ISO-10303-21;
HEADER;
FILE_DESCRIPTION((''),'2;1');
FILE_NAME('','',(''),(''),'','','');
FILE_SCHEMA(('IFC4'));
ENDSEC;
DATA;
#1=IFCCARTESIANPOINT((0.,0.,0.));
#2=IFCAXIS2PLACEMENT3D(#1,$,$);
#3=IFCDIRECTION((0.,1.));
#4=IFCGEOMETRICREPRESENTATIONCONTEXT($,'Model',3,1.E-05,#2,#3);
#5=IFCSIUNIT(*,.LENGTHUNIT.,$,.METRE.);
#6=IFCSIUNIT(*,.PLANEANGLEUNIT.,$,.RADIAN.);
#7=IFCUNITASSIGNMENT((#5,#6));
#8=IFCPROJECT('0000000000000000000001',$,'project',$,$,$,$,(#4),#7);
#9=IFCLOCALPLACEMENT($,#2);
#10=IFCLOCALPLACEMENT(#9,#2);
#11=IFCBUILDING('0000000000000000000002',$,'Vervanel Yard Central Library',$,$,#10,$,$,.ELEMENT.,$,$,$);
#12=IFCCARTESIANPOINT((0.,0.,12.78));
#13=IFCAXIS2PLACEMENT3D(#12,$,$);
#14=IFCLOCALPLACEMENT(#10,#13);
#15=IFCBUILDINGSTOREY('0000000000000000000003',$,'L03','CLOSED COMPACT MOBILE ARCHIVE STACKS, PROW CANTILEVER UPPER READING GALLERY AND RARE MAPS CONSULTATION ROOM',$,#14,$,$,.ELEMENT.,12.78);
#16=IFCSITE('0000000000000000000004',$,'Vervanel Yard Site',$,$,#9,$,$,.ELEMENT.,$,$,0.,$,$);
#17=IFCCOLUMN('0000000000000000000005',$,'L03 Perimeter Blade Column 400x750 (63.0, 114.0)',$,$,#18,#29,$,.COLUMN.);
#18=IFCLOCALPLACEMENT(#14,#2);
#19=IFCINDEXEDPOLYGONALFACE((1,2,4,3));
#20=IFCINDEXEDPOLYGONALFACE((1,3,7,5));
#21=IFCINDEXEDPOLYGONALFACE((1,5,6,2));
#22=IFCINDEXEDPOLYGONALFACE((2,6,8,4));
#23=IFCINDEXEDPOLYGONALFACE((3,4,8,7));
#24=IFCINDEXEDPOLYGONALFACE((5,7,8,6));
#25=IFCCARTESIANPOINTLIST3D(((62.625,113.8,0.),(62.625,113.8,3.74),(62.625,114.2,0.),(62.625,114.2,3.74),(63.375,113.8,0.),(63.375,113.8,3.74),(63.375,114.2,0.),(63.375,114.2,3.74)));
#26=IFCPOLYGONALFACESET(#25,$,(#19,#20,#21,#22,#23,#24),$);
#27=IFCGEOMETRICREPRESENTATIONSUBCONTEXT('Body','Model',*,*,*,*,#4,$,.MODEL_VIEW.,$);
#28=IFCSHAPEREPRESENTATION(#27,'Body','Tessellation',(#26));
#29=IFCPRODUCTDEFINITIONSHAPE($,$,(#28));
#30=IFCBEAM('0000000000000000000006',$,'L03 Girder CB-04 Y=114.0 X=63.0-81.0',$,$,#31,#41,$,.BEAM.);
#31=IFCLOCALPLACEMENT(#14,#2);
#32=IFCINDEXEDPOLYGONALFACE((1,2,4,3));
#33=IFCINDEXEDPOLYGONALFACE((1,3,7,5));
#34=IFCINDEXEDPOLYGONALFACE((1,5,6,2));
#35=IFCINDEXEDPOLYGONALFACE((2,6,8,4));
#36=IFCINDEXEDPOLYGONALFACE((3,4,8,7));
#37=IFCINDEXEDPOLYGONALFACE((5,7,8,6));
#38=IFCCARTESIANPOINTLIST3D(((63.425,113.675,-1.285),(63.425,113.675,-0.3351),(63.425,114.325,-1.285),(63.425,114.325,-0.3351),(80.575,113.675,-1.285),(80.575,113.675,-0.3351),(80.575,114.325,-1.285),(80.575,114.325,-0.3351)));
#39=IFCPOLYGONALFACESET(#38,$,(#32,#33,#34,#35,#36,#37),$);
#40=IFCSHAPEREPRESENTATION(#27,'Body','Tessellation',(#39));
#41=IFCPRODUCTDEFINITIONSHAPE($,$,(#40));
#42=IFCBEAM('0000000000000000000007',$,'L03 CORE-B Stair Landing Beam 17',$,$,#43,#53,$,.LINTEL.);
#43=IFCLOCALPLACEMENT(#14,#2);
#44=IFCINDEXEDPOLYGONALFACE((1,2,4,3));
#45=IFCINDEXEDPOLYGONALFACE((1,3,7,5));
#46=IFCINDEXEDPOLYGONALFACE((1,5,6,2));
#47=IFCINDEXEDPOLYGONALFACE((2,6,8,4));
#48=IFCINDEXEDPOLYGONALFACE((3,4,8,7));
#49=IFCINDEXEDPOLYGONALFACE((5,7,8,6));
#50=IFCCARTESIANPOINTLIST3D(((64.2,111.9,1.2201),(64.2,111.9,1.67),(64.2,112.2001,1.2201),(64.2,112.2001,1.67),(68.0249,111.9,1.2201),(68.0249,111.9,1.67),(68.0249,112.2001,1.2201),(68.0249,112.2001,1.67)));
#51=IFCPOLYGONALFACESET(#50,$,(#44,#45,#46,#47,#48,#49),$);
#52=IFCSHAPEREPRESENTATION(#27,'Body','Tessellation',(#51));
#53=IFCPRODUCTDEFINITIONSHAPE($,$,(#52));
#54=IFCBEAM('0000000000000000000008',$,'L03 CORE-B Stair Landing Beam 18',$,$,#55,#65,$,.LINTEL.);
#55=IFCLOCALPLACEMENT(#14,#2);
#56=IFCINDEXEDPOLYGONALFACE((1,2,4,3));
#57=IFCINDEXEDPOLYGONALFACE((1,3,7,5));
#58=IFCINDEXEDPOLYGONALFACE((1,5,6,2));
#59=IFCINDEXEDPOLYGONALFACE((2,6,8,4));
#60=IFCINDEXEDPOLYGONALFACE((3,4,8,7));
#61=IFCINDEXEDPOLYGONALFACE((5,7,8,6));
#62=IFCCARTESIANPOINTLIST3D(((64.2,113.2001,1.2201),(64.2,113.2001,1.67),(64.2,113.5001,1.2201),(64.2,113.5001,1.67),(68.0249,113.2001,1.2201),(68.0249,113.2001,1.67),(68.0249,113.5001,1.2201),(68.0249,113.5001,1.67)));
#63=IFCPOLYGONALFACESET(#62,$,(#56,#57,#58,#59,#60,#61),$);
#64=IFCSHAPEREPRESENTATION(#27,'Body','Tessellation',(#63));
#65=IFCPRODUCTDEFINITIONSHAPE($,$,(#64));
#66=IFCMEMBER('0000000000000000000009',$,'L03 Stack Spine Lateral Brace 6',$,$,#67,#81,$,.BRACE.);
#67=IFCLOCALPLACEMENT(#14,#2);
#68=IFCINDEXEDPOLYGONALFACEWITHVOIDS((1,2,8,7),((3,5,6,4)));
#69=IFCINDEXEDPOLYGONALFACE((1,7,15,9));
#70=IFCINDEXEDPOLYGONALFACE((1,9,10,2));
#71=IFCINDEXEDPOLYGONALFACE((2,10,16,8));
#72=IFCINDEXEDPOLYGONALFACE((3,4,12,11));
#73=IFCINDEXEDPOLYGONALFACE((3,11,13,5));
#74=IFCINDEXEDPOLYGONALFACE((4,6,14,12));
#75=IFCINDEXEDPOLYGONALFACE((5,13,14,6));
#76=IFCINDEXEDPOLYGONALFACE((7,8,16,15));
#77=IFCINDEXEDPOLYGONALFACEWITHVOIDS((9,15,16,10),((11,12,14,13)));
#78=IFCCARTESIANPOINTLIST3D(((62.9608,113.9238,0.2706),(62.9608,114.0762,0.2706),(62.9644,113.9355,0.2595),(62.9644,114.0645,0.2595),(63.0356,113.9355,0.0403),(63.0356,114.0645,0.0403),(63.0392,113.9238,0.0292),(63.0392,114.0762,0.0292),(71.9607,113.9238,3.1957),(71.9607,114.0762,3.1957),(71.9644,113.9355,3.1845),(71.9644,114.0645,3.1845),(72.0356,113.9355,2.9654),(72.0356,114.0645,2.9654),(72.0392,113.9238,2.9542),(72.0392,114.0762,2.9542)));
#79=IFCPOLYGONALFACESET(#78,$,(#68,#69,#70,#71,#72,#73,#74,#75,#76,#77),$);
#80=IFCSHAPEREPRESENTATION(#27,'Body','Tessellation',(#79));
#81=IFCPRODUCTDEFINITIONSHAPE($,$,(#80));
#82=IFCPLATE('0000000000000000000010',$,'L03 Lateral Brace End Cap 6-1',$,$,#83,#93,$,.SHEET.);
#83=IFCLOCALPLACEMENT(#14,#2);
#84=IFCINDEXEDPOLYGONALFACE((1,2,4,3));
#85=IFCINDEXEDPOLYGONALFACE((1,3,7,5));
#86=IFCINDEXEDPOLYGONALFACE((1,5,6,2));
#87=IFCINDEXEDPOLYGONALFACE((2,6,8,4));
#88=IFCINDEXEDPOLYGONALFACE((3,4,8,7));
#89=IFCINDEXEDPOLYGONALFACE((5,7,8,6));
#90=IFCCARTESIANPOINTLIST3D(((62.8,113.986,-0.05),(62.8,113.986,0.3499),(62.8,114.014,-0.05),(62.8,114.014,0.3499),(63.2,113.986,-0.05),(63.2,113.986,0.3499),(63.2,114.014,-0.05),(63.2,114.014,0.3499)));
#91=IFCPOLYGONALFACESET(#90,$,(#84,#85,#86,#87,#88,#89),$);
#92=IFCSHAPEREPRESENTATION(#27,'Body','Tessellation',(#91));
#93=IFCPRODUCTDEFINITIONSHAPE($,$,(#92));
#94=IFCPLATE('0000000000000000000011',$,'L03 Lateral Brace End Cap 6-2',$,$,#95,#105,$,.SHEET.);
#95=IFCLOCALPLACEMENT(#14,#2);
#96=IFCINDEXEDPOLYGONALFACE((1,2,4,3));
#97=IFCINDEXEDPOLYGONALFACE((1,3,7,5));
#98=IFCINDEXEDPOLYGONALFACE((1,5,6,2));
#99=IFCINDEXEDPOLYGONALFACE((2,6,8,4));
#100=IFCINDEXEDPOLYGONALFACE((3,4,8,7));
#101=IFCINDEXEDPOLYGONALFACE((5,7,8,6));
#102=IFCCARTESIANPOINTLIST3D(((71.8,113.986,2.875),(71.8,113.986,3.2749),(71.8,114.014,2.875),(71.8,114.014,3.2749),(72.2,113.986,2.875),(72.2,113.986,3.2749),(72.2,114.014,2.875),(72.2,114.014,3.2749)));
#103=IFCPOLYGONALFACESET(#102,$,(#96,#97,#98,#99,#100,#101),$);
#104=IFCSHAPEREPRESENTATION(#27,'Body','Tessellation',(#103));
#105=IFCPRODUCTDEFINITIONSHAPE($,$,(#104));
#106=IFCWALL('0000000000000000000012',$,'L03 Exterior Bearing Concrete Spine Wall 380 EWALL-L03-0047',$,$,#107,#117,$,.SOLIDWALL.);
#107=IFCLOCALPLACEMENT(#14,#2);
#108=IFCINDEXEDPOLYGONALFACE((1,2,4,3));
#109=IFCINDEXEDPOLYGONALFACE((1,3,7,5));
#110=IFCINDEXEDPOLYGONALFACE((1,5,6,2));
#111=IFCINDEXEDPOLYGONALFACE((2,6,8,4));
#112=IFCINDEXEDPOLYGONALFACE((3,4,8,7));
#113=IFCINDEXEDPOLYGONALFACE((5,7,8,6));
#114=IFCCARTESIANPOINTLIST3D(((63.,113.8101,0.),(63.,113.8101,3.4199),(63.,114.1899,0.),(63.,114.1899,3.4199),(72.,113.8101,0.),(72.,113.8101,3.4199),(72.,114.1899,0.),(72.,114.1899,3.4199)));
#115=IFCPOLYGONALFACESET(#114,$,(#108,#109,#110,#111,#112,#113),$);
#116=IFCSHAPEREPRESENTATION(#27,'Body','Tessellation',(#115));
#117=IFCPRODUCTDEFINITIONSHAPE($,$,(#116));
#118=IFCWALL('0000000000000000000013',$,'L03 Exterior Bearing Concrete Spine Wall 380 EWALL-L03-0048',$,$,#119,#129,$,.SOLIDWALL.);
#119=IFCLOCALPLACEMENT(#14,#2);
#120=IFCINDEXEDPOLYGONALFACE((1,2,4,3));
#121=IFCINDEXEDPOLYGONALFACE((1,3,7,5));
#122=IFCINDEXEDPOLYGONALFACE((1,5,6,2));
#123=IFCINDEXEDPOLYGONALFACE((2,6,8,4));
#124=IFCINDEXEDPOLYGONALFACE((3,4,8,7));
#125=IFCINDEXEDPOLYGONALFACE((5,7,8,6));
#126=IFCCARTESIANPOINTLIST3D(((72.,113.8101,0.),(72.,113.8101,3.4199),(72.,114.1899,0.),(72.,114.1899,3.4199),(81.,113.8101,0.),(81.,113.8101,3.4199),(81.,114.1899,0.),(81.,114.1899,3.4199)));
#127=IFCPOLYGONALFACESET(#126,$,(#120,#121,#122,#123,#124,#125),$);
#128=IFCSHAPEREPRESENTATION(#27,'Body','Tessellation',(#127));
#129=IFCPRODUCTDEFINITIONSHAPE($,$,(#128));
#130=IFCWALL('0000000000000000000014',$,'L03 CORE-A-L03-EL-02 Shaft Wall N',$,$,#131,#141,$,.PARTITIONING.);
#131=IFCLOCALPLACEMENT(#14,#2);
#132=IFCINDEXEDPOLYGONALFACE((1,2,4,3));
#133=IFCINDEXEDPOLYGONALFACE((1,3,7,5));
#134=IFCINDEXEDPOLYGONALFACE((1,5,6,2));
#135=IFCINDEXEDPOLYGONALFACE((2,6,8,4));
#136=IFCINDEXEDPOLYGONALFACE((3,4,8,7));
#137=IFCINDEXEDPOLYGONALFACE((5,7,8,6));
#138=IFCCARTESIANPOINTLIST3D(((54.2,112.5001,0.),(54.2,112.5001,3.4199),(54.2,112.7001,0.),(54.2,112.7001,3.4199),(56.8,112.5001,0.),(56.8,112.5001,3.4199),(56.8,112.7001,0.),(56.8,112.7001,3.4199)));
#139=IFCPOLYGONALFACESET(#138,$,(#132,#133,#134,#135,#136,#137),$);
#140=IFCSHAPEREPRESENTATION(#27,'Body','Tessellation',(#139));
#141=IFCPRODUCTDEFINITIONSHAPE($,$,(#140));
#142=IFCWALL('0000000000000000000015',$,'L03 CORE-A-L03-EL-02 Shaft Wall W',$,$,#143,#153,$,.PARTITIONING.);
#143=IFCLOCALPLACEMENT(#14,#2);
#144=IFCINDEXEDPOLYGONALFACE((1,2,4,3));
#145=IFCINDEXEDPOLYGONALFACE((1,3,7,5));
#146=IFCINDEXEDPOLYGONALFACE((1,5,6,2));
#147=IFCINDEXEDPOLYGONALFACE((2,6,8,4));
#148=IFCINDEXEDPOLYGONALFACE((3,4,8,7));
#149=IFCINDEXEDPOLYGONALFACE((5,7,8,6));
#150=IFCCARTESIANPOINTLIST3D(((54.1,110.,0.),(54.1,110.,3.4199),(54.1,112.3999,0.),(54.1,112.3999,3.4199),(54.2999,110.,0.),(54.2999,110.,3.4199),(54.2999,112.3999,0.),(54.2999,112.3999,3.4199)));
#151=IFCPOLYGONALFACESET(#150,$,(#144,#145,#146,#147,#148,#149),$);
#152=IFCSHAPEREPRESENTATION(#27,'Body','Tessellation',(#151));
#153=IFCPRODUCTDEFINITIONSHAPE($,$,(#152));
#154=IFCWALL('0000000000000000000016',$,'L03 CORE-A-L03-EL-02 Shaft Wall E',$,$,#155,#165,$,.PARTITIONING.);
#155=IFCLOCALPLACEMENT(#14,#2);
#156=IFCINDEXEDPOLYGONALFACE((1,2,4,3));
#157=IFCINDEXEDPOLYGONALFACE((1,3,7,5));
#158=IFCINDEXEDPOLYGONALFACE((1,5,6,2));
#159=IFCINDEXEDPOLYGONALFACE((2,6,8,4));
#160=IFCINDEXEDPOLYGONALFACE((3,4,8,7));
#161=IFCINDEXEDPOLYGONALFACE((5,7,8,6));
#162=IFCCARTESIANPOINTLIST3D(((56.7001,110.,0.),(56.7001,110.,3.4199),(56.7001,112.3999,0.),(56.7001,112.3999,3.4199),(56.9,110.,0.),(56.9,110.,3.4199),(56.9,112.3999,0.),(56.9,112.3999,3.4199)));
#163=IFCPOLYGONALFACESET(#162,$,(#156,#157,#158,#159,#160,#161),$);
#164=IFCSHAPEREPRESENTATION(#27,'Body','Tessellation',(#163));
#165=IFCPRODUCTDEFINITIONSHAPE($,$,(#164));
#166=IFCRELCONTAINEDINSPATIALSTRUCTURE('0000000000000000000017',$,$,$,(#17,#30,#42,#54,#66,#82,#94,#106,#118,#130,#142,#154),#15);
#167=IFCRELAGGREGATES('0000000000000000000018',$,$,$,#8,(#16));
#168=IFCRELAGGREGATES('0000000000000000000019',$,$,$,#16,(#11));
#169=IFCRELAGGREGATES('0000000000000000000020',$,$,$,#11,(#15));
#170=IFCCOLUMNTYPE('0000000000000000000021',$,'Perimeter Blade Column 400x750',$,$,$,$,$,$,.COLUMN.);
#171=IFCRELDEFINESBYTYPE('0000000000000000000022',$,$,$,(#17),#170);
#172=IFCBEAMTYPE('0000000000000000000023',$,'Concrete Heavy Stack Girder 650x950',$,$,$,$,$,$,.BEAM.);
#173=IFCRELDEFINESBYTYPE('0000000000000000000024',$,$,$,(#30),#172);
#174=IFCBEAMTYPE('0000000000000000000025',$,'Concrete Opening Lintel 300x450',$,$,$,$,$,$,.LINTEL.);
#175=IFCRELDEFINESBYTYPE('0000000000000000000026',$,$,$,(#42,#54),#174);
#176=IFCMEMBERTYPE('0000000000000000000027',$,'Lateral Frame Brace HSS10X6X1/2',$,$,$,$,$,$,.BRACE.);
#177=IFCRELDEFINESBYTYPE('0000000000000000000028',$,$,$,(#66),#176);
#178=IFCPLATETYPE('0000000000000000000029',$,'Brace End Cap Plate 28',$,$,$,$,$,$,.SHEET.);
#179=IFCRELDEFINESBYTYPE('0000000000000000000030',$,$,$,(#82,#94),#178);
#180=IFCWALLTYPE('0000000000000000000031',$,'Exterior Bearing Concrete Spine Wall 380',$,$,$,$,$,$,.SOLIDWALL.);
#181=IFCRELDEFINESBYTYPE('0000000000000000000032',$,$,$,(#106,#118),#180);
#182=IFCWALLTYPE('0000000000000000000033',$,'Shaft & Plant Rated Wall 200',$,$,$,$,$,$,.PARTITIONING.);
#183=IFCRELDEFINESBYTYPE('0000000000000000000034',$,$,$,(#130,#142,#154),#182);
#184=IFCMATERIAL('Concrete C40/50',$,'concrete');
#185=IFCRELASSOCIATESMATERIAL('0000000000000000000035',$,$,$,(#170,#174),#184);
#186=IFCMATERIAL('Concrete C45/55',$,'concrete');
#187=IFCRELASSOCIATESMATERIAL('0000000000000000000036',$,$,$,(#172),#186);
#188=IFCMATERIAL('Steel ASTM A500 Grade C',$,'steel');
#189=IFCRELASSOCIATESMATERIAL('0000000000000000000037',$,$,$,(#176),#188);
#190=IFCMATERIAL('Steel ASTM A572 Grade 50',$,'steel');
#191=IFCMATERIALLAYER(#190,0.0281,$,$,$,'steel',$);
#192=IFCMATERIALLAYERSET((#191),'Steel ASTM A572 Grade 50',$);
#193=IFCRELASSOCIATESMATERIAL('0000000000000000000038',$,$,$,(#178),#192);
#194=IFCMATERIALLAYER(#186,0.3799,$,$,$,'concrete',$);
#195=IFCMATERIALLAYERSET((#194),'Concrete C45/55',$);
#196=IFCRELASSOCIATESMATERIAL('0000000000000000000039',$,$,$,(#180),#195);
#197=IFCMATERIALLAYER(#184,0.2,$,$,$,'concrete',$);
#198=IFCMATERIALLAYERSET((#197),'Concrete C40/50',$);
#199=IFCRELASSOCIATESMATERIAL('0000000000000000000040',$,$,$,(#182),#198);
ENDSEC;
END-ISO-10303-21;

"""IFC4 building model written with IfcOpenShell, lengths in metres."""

from ifc_helpers import new_model, si_unit, direction, frame, frame_2d, origin, origin_2d, place, context, subcontext, project, spatial, rectangle, hollow_rectangle, extrude, material, layer, layer_set, material_profile, profile_set, type_object, element, save


model = new_model("IFC4")

# Units and contexts
model_context = context("Model", 3, precision=1e-05, world=origin(), true_north=direction((0.0, 1.0)))
body_context = subcontext(model_context, "Body", "Model", "MODEL_VIEW")
ifc_project = project(units=[si_unit("LENGTHUNIT", "METRE"), si_unit("PLANEANGLEUNIT", "RADIAN")], contexts=[model_context])

# Site, building, storey
site_placement = place(None, origin())
site = spatial("IfcSite", under=ifc_project, at=site_placement, Name="Vervanel Yard Site", CompositionType="ELEMENT", RefElevation=0.0)
building_placement = place(site_placement, origin())
building = spatial("IfcBuilding", under=site, at=building_placement, Name="Vervanel Yard Central Library", CompositionType="ELEMENT")
storey_placement = place(building_placement, frame((0.0, 0.0, 12.78)))
storey = spatial("IfcBuildingStorey", under=building, at=storey_placement, Name="L03", Description="CLOSED COMPACT MOBILE ARCHIVE STACKS, PROW CANTILEVER UPPER READING GALLERY AND RARE MAPS CONSULTATION ROOM", CompositionType="ELEMENT", Elevation=12.78)

# Column
ifc_material_1 = material(Name="Concrete C40/50", Category="concrete")
ifc_material_profile_1 = material_profile(ifc_material_1, rectangle(XDim=0.3999, YDim=0.75, at=origin_2d()), Name="RC 400x750", Category="concrete")
ifc_profile_set_1 = profile_set([ifc_material_profile_1], Name="Concrete C40/50")
column_type = type_object("IfcColumnType", Name="Perimeter Blade Column 400x750", PredefinedType="COLUMN", material=ifc_profile_set_1)
column_placement = place(storey_placement, frame((63.0, 114.0, 0.0), z_axis=(0.0, 0.0, 1.0), x_axis=(0.0, 1.0, 0.0)))
element("IfcColumn", 1, at=column_placement, inside=storey, type_object=column_type, Name="L03 Perimeter Blade Column 400x750 (63.0, 114.0)", PredefinedType="COLUMN", context=body_context, shape_type="SweptSolid", body=[
    extrude(rectangle(XDim=0.3999, YDim=0.75, at=origin_2d()), origin(), (0.0, 0.0, 1.0), 3.74),
])

# Beams
ifc_material_2 = material(Name="Concrete C45/55", Category="concrete")
ifc_material_profile_2 = material_profile(ifc_material_2, rectangle(XDim=0.6499, YDim=0.95, at=origin_2d()), Name="RC 650x950", Category="concrete")
ifc_profile_set_2 = profile_set([ifc_material_profile_2], Name="Concrete C45/55")
beam_type_1 = type_object("IfcBeamType", Name="Concrete Heavy Stack Girder 650x950", PredefinedType="BEAM", material=ifc_profile_set_2)
beam_placement = place(storey_placement, frame((63.425, 114.0, -0.8101), z_axis=(1.0, 0.0, 0.0), x_axis=(0.0, 1.0, 0.0)))
element("IfcBeam", 2, at=beam_placement, inside=storey, type_object=beam_type_1, Name="L03 Girder CB-04 Y=114.0 X=63.0-81.0", PredefinedType="BEAM", context=body_context, shape_type="SweptSolid", body=[
    extrude(rectangle(XDim=0.6499, YDim=0.95, at=origin_2d()), origin(), (0.0, 0.0, 1.0), 17.1499),
])
ifc_material_profile_3 = material_profile(ifc_material_1, rectangle(XDim=0.3, YDim=0.45, at=origin_2d()), Name="RC 300x450", Category="concrete")
ifc_profile_set_3 = profile_set([ifc_material_profile_3], Name="Concrete C40/50")
beam_type_2 = type_object("IfcBeamType", Name="Concrete Opening Lintel 300x450", PredefinedType="LINTEL", material=ifc_profile_set_3)
for number, where, z_axis, x_axis, name in (
    (3, (64.2, 112.05, 1.4451), (1.0, 0.0, 0.0), (0.0, 1.0, 0.0), "L03 CORE-B Stair Landing Beam 17"),
    (4, (64.2, 113.3501, 1.4451), (1.0, 0.0, 0.0), (0.0, 1.0, 0.0), "L03 CORE-B Stair Landing Beam 18"),
):
    element("IfcBeam", number, at=place(storey_placement, frame(where, z_axis=z_axis, x_axis=x_axis)), inside=storey, type_object=beam_type_2, Name=name, PredefinedType="LINTEL", context=body_context, shape_type="SweptSolid", body=[
        extrude(rectangle(XDim=0.3, YDim=0.45, at=origin_2d()), origin(), (0.0, 0.0, 1.0), 3.825),
    ])

# Member
ifc_material_3 = material(Name="Steel ASTM A500 Grade C", Category="steel")
ifc_material_profile_4 = material_profile(ifc_material_3, hollow_rectangle(XDim=0.1523, YDim=0.2539, WallThickness=0.0117, at=origin_2d()), Name="HSS10X6X1/2", Category="steel")
ifc_profile_set_4 = profile_set([ifc_material_profile_4], Name="Steel ASTM A500 Grade C")
member_type = type_object("IfcMemberType", Name="Lateral Frame Brace HSS10X6X1/2", PredefinedType="BRACE", material=ifc_profile_set_4)
member_placement = place(storey_placement, frame((63.0, 114.0, 0.1499), z_axis=(0.951033, 0.0, 0.309091), x_axis=(0.0, 1.0, 0.0)))
element("IfcMember", 5, at=member_placement, inside=storey, type_object=member_type, Name="L03 Stack Spine Lateral Brace 6", PredefinedType="BRACE", context=body_context, shape_type="SweptSolid", body=[
    extrude(hollow_rectangle(XDim=0.1523, YDim=0.2539, WallThickness=0.0117, at=origin_2d()), origin(), (0.0, 0.0, 1.0), 9.4634),
])

# Plates
ifc_material_4 = material(Name="Steel ASTM A572 Grade 50", Category="steel")
ifc_layer_1 = layer(ifc_material_4, 0.0281, Category="steel")
ifc_layer_set_1 = layer_set([ifc_layer_1], Name="Steel ASTM A572 Grade 50")
plate_type = type_object("IfcPlateType", Name="Brace End Cap Plate 28", PredefinedType="SHEET", material=ifc_layer_set_1)
for number, where, z_axis, x_axis, name in (
    (6, (63.0, 114.0, -0.05), (0.0, 0.0, 1.0), (1.0, 0.0, 0.0), "L03 Lateral Brace End Cap 6-1"),
    (7, (72.0, 114.0, 2.875), (0.0, 0.0, 1.0), (1.0, 0.0, 0.0), "L03 Lateral Brace End Cap 6-2"),
):
    element("IfcPlate", number, at=place(storey_placement, frame(where, z_axis=z_axis, x_axis=x_axis)), inside=storey, type_object=plate_type, Name=name, PredefinedType="SHEET", context=body_context, shape_type="SweptSolid", body=[
        extrude(rectangle(XDim=0.3999, YDim=0.0281, at=origin_2d()), origin(), (0.0, 0.0, 1.0), 0.3999),
    ])

# Walls
ifc_layer_2 = layer(ifc_material_2, 0.3799, Category="concrete")
ifc_layer_set_2 = layer_set([ifc_layer_2], Name="Concrete C45/55")
wall_type_1 = type_object("IfcWallType", Name="Exterior Bearing Concrete Spine Wall 380", PredefinedType="SOLIDWALL", material=ifc_layer_set_2)
for number, where, z_axis, x_axis, name in (
    (8, (63.0, 114.0, 0.0), (0.0, 0.0, 1.0), (1.0, 0.0, 0.0), "L03 Exterior Bearing Concrete Spine Wall 380 EWALL-L03-0047"),
    (9, (72.0, 114.0, 0.0), (0.0, 0.0, 1.0), (1.0, 0.0, 0.0), "L03 Exterior Bearing Concrete Spine Wall 380 EWALL-L03-0048"),
):
    element("IfcWall", number, at=place(storey_placement, frame(where, z_axis=z_axis, x_axis=x_axis)), inside=storey, type_object=wall_type_1, Name=name, PredefinedType="SOLIDWALL", context=body_context, shape_type="SweptSolid", body=[
        extrude(rectangle(XDim=9.0, YDim=0.3799, at=frame_2d((4.5, 0.0))), origin(), (0.0, 0.0, 1.0), 3.4199),
    ])
ifc_layer_3 = layer(ifc_material_1, 0.2, Category="concrete")
ifc_layer_set_3 = layer_set([ifc_layer_3], Name="Concrete C40/50")
wall_type_2 = type_object("IfcWallType", Name="Shaft & Plant Rated Wall 200", PredefinedType="PARTITIONING", material=ifc_layer_set_3)
wall_1_placement = place(storey_placement, frame((54.2, 112.6001, 0.0), z_axis=(0.0, 0.0, 1.0), x_axis=(1.0, 0.0, 0.0)))
element("IfcWall", 10, at=wall_1_placement, inside=storey, type_object=wall_type_2, Name="L03 CORE-A-L03-EL-02 Shaft Wall N", PredefinedType="PARTITIONING", context=body_context, shape_type="SweptSolid", body=[
    extrude(rectangle(XDim=2.6001, YDim=0.2, at=frame_2d((1.3, 0.0))), origin(), (0.0, 0.0, 1.0), 3.4199),
])
for number, where, z_axis, x_axis, name in (
    (11, (54.2, 110.0, 0.0), (0.0, 0.0, 1.0), (0.0, 1.0, 0.0), "L03 CORE-A-L03-EL-02 Shaft Wall W"),
    (12, (56.8, 110.0, 0.0), (0.0, 0.0, 1.0), (0.0, 1.0, 0.0), "L03 CORE-A-L03-EL-02 Shaft Wall E"),
):
    element("IfcWall", number, at=place(storey_placement, frame(where, z_axis=z_axis, x_axis=x_axis)), inside=storey, type_object=wall_type_2, Name=name, PredefinedType="PARTITIONING", context=body_context, shape_type="SweptSolid", body=[
        extrude(rectangle(XDim=2.3999, YDim=0.2, at=frame_2d((1.2, 0.0))), origin(), (0.0, 0.0, 1.0), 3.4199),
    ])

save(model, "model.ifc")
